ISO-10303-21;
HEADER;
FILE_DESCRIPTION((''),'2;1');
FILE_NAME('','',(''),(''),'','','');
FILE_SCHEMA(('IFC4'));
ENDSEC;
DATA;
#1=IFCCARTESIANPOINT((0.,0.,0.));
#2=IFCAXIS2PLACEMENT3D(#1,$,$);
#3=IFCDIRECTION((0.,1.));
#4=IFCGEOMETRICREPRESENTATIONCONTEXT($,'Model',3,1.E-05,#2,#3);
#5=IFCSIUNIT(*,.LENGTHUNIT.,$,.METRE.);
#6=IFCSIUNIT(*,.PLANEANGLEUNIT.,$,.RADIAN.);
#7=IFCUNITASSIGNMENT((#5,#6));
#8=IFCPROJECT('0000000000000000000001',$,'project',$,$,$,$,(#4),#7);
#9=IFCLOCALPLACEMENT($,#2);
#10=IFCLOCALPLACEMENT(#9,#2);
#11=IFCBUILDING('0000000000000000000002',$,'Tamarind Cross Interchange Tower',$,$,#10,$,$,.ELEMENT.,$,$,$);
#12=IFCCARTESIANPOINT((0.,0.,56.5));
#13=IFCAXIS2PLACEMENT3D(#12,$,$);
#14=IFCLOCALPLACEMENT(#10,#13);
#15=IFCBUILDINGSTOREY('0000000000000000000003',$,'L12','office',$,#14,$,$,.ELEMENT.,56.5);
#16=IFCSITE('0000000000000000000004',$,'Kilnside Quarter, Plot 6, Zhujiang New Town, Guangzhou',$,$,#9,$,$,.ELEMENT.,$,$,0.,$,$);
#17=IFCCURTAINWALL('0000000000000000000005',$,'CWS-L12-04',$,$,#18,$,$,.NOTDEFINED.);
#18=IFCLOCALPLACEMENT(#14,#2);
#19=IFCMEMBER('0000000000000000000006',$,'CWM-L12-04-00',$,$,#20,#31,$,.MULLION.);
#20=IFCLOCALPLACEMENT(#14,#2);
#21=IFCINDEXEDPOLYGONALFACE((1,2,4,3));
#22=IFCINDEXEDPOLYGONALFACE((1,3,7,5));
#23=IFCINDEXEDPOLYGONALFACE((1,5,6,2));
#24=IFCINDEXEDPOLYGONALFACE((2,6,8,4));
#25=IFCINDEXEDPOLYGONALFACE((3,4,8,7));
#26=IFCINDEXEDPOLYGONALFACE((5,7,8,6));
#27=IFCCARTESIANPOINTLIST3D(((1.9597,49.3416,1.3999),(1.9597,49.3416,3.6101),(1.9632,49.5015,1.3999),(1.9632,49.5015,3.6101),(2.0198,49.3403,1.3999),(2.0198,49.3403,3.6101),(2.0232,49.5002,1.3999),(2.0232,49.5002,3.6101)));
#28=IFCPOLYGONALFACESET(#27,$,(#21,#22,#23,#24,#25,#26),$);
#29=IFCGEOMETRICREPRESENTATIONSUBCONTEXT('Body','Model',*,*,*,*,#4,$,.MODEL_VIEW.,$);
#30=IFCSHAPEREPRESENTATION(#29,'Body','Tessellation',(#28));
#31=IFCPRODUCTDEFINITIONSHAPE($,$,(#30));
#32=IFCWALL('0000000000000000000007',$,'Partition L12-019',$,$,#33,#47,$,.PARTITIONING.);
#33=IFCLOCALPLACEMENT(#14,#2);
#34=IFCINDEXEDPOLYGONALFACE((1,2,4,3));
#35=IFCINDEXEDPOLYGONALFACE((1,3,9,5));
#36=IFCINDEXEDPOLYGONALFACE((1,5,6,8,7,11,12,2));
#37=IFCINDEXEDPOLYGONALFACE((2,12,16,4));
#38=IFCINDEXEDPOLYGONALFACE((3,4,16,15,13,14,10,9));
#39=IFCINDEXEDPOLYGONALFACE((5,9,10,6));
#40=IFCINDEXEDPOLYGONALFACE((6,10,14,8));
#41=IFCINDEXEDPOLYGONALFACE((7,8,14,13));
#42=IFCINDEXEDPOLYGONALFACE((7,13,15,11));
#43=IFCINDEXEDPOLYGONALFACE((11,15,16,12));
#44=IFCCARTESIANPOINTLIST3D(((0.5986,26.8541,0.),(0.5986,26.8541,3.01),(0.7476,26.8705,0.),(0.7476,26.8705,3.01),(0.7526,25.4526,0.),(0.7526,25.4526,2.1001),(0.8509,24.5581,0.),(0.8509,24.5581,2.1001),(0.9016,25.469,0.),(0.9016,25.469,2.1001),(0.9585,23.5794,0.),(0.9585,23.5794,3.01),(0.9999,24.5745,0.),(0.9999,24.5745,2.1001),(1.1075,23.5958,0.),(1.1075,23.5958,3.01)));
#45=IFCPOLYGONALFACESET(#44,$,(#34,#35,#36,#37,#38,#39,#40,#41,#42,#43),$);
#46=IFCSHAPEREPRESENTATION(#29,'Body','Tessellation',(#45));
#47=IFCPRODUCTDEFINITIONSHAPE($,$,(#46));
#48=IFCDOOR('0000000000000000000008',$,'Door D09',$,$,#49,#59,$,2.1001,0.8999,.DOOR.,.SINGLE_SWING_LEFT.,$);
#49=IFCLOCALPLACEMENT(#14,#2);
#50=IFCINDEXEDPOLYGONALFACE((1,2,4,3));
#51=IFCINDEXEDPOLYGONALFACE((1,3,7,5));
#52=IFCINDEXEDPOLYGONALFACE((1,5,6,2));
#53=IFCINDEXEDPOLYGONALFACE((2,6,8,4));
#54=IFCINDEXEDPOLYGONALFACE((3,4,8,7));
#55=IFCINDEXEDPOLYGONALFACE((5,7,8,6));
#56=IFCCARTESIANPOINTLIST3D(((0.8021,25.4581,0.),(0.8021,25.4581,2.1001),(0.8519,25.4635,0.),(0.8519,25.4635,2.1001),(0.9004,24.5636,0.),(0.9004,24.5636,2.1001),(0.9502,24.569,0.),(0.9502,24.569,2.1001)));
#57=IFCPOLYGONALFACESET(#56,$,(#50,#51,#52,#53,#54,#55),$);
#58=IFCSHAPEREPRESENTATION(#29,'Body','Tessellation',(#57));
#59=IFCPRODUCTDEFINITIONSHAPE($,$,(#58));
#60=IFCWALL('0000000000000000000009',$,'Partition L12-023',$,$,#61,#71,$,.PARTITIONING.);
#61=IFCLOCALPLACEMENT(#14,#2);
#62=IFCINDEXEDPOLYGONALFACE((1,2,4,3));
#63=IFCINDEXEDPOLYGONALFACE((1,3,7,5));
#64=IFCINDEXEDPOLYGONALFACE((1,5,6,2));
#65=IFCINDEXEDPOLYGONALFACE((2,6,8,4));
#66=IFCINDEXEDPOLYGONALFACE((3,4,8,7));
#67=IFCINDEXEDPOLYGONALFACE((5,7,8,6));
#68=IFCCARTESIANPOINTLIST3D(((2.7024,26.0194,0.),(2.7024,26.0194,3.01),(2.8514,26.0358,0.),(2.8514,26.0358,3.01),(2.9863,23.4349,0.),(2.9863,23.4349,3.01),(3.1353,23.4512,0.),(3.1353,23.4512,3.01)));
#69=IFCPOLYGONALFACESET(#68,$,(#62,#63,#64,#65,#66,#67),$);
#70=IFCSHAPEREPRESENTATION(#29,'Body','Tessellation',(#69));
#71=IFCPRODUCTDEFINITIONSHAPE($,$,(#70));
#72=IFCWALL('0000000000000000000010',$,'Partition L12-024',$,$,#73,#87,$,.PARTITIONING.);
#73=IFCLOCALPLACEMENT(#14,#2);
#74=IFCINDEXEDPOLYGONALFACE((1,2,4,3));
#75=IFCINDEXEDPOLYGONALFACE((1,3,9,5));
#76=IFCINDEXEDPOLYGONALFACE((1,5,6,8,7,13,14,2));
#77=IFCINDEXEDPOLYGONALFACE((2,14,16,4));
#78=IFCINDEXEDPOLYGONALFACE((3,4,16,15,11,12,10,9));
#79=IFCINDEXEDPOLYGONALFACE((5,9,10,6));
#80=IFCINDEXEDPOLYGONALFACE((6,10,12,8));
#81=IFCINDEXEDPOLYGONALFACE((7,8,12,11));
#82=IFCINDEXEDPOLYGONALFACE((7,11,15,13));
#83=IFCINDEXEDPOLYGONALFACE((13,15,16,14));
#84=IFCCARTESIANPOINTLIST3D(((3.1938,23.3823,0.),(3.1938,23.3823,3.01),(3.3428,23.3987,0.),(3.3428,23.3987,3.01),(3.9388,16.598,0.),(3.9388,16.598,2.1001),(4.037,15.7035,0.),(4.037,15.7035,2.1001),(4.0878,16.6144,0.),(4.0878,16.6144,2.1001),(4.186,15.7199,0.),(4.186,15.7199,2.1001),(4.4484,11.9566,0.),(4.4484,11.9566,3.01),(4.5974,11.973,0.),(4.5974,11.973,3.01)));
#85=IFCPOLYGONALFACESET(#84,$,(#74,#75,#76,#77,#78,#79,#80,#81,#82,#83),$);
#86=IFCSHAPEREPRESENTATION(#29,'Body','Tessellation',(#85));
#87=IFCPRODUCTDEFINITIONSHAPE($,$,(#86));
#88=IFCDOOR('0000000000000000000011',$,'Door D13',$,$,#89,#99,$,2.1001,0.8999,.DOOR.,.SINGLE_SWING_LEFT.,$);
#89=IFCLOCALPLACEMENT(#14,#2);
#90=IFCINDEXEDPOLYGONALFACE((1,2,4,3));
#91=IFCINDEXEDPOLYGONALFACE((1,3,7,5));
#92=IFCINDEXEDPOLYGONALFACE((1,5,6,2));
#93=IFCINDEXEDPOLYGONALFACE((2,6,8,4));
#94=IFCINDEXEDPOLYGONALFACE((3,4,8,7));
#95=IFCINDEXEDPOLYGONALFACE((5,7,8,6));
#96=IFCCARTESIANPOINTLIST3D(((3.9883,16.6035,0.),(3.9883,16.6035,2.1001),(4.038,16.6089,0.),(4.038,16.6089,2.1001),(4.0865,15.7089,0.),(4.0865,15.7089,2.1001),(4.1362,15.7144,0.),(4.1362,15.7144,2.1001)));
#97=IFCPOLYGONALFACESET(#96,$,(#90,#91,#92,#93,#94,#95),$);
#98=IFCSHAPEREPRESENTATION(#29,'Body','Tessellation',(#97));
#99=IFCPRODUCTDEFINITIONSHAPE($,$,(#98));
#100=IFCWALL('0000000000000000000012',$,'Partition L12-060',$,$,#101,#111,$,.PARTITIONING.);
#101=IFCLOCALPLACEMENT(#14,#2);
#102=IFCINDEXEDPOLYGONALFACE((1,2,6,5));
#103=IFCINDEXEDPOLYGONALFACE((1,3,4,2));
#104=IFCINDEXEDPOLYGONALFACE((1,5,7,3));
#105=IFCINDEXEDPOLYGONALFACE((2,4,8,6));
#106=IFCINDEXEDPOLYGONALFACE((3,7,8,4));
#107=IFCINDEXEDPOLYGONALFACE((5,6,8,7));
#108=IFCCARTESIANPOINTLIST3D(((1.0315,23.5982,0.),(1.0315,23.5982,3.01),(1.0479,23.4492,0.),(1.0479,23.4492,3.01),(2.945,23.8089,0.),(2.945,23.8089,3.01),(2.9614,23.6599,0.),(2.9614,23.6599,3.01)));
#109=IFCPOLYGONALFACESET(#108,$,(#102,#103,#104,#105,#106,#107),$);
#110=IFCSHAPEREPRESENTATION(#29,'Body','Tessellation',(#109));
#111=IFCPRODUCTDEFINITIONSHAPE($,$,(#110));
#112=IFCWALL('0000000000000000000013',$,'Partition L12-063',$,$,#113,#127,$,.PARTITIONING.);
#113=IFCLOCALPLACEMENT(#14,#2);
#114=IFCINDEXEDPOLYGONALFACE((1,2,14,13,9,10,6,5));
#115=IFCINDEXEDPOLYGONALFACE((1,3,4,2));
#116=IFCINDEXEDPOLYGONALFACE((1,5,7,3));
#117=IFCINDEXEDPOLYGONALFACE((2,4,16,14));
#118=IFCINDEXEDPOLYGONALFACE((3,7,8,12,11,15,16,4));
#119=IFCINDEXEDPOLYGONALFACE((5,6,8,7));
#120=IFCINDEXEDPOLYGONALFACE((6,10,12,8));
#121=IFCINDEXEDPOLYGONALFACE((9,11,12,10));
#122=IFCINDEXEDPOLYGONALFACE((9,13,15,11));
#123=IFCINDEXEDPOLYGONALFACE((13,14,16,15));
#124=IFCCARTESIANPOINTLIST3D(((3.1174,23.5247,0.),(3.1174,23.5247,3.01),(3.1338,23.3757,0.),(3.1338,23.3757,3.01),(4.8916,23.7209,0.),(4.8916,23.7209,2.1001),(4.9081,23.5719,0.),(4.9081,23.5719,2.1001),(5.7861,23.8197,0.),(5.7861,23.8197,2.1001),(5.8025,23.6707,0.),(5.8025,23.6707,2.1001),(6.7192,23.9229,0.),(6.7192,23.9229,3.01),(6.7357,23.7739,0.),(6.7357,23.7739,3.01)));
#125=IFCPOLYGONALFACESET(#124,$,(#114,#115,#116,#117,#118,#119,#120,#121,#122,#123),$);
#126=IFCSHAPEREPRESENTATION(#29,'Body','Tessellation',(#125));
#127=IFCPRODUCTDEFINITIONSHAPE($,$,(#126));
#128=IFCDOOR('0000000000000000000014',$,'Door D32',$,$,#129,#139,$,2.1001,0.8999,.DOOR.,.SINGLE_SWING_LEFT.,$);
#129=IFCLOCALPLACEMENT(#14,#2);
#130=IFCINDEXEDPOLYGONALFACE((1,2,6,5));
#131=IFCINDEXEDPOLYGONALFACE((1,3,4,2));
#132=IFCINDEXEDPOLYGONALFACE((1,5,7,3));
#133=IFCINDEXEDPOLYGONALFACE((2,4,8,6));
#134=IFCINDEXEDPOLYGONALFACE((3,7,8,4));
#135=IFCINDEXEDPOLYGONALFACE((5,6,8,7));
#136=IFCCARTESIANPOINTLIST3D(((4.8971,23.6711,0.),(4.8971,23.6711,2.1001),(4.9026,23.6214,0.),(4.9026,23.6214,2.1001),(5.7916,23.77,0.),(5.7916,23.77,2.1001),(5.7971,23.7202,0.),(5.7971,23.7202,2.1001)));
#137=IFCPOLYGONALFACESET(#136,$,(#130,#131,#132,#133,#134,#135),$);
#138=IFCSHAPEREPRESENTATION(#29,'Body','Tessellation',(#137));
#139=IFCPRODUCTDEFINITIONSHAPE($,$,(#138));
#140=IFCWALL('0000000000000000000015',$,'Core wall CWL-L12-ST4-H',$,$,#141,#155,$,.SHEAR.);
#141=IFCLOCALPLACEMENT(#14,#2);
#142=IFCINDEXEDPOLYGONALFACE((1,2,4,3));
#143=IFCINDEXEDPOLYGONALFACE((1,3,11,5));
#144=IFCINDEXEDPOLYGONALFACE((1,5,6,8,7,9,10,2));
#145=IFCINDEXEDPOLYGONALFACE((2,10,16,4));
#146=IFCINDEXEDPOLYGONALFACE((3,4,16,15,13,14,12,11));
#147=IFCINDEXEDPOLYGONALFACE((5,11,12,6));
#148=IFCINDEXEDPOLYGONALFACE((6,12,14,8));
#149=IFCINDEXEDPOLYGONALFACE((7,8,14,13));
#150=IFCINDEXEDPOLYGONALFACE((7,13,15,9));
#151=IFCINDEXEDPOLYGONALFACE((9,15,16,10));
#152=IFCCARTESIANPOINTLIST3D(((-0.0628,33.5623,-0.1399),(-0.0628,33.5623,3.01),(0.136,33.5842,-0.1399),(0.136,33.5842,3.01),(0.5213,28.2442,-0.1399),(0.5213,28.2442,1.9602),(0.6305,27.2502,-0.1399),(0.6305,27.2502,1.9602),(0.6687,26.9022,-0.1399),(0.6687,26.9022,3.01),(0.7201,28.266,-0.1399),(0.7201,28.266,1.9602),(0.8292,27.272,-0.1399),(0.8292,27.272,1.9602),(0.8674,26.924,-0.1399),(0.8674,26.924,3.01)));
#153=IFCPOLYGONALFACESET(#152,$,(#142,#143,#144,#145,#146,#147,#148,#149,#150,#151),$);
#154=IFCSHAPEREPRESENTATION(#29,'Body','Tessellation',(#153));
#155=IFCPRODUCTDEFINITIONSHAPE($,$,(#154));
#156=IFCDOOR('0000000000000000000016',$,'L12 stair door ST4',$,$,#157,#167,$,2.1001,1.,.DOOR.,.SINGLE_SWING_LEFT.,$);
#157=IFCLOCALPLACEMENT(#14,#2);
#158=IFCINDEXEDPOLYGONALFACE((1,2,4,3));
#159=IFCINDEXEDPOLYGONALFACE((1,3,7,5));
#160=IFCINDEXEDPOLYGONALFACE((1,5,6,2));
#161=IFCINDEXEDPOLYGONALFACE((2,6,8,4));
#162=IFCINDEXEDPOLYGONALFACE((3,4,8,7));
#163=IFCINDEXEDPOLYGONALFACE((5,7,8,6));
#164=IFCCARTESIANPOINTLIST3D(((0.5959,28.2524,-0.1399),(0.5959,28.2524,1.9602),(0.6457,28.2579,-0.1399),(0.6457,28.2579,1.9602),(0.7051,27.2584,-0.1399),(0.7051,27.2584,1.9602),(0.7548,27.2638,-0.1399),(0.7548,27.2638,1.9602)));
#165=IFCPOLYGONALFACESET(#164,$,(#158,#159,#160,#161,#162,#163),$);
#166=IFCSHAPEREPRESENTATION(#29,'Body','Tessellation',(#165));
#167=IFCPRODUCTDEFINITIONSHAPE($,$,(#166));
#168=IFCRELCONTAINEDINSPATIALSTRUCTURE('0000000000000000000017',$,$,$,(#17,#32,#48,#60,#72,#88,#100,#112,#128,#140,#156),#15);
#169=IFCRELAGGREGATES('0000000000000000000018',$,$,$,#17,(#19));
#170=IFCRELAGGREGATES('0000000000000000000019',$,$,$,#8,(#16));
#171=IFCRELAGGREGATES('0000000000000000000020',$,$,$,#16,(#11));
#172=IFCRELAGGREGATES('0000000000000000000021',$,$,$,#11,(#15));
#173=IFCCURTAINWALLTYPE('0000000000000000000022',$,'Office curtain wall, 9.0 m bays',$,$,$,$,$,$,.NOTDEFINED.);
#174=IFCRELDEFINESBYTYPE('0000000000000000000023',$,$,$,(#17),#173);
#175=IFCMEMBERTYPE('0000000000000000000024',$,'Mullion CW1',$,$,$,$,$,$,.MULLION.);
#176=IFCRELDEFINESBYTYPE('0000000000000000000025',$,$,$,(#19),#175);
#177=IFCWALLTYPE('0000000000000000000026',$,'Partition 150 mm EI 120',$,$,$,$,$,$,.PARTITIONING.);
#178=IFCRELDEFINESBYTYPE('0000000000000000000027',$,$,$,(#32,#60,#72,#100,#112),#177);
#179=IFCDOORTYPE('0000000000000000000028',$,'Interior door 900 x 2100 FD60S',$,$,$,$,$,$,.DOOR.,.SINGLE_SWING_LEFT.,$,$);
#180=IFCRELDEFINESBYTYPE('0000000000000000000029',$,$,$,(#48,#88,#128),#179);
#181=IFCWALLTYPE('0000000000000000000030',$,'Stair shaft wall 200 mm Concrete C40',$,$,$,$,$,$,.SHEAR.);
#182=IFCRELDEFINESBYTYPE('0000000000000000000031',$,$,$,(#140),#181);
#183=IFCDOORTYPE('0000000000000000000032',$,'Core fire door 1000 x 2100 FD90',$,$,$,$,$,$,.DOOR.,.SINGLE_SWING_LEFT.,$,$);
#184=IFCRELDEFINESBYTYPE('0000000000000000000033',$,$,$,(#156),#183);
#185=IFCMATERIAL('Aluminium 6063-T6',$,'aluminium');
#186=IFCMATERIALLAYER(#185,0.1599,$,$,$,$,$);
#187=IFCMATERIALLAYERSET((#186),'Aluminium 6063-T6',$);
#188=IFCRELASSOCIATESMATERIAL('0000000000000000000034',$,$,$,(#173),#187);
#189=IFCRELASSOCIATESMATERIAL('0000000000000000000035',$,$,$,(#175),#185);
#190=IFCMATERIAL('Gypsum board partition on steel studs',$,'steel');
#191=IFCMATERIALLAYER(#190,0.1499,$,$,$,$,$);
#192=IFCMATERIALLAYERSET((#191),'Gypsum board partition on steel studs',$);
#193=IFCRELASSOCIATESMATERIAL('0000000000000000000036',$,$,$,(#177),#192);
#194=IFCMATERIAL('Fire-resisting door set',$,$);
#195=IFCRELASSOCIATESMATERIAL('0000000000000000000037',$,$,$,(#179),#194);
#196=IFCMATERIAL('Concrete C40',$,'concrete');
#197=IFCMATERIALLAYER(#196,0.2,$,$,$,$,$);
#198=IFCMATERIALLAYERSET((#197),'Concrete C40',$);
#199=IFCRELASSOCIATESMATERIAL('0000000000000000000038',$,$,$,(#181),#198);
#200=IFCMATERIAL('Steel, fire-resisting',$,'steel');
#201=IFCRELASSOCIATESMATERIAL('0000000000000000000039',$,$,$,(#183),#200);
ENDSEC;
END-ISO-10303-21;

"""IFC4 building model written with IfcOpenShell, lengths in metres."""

from ifc_helpers import new_model, si_unit, direction, frame, frame_2d, origin, origin_2d, place, context, subcontext, project, spatial, rectangle, extrude, material, layer, layer_set, material_profile, profile_set, type_object, element, fill, aggregate, save


model = new_model("IFC4")

# Units and contexts
model_context = context("Model", 3, precision=1e-05, world=origin(), true_north=direction((0.0, 1.0)))
body_context = subcontext(model_context, "Body", "Model", "MODEL_VIEW")
ifc_project = project(units=[si_unit("LENGTHUNIT", "METRE"), si_unit("PLANEANGLEUNIT", "RADIAN")], contexts=[model_context])

# Site, building, storey
site_placement = place(None, origin())
site = spatial("IfcSite", under=ifc_project, at=site_placement, Name="Kilnside Quarter, Plot 6, Zhujiang New Town, Guangzhou", CompositionType="ELEMENT", RefElevation=0.0)
building_placement = place(site_placement, origin())
building = spatial("IfcBuilding", under=site, at=building_placement, Name="Tamarind Cross Interchange Tower", CompositionType="ELEMENT")
storey_placement = place(building_placement, frame((0.0, 0.0, 56.5)))
storey = spatial("IfcBuildingStorey", under=building, at=storey_placement, Name="L12", Description="office", CompositionType="ELEMENT", Elevation=56.5)

# Curtain wall, member
ifc_material_1 = material(Name="Aluminium 6063-T6", Category="aluminium")
ifc_layer_1 = layer(ifc_material_1, 0.1599)
ifc_layer_set_1 = layer_set([ifc_layer_1], Name="Aluminium 6063-T6")
curtain_wall_type = type_object("IfcCurtainWallType", Name="Office curtain wall, 9.0 m bays", PredefinedType="NOTDEFINED", material=ifc_layer_set_1)
curtain_wall_placement = place(storey_placement, origin())
curtain_wall = element("IfcCurtainWall", 1, at=curtain_wall_placement, inside=storey, type_object=curtain_wall_type, Name="CWS-L12-04", PredefinedType="NOTDEFINED")
ifc_material_profile_1 = material_profile(ifc_material_1, rectangle(XDim=0.0601, YDim=0.1599, at=origin_2d()), Name="Mullion CW1")
ifc_profile_set_1 = profile_set([ifc_material_profile_1], Name="Aluminium 6063-T6")
member_type = type_object("IfcMemberType", Name="Mullion CW1", PredefinedType="MULLION", material=ifc_profile_set_1)
member_placement = place(storey_placement, frame((1.9915, 49.4209, 1.3999), z_axis=(0.0, 0.0, 1.0), x_axis=(-0.999769, 0.021487, 0.0)))
member = element("IfcMember", 2, at=member_placement, type_object=member_type, Name="CWM-L12-04-00", PredefinedType="MULLION", context=body_context, shape_type="SweptSolid", body=[
    extrude(rectangle(XDim=0.0601, YDim=0.1599, at=origin_2d()), origin(), (0.0, 0.0, 1.0), 2.2102),
])
aggregate(curtain_wall, [member])

# Wall, opening, door
ifc_material_2 = material(Name="Gypsum board partition on steel studs", Category="steel")
ifc_layer_2 = layer(ifc_material_2, 0.1499)
ifc_layer_set_2 = layer_set([ifc_layer_2], Name="Gypsum board partition on steel studs")
wall_type_1 = type_object("IfcWallType", Name="Partition 150 mm EI 120", PredefinedType="PARTITIONING", material=ifc_layer_set_2)
wall_1_placement = place(storey_placement, frame((0.6731, 26.8623, 0.0), z_axis=(0.0, 0.0, 1.0), x_axis=(0.109236, -0.994016, 0.0)))
wall_1 = element("IfcWall", 3, at=wall_1_placement, inside=storey, type_object=wall_type_1, Name="Partition L12-019", PredefinedType="PARTITIONING", context=body_context, shape_type="SweptSolid", body=[
    extrude(rectangle(XDim=3.2944, YDim=0.1499, at=frame_2d((1.6472, 0.0))), origin(), (0.0, 0.0, 1.0), 3.01),
])
opening_1_placement = place(wall_1_placement, frame((1.4099, 0.0, 0.0)))
opening_1 = element("IfcOpeningElement", 4, at=opening_1_placement, cuts=wall_1, PredefinedType="OPENING", context=body_context, shape_type="SweptSolid", body=[
    extrude(rectangle(XDim=0.8999, YDim=2.1001, at=frame_2d((0.45, 1.05))), frame((0.0, 0.085, 0.0), z_axis=(0.0, -1.0, 0.0), x_axis=(1.0, 0.0, 0.0)), (0.0, 0.0, 1.0), 0.1699),
])
ifc_material_3 = material(Name="Fire-resisting door set")
door_type_1 = type_object("IfcDoorType", Name="Interior door 900 x 2100 FD60S", OperationType="SINGLE_SWING_LEFT", PredefinedType="DOOR", material=ifc_material_3)
door_1_placement = place(opening_1_placement, origin())
door_1 = element("IfcDoor", 5, at=door_1_placement, inside=storey, type_object=door_type_1, Name="Door D09", OperationType="SINGLE_SWING_LEFT", OverallHeight=2.1001, OverallWidth=0.8999, PredefinedType="DOOR", context=body_context, shape_type="SweptSolid", body=[
    extrude(rectangle(XDim=0.8999, YDim=2.1001, at=frame_2d((0.45, 1.05))), frame((0.0, 0.0249, 0.0), z_axis=(0.0, -1.0, 0.0), x_axis=(1.0, 0.0, 0.0)), (0.0, 0.0, 1.0), 0.05),
])
fill(opening_1, door_1)

# Wall
wall_2_placement = place(storey_placement, frame((2.7769, 26.0276, 0.0), z_axis=(0.0, 0.0, 1.0), x_axis=(0.109205, -0.994019, 0.0)))
element("IfcWall", 6, at=wall_2_placement, inside=storey, type_object=wall_type_1, Name="Partition L12-023", PredefinedType="PARTITIONING", context=body_context, shape_type="SweptSolid", body=[
    extrude(rectangle(XDim=2.6001, YDim=0.1499, at=frame_2d((1.3, 0.0))), origin(), (0.0, 0.0, 1.0), 3.01),
])

# Wall, opening, door
wall_3_placement = place(storey_placement, frame((3.2683, 23.3904, 0.0), z_axis=(0.0, 0.0, 1.0), x_axis=(0.109152, -0.994025, 0.0)))
wall_3 = element("IfcWall", 7, at=wall_3_placement, inside=storey, type_object=wall_type_1, Name="Partition L12-024", PredefinedType="PARTITIONING", context=body_context, shape_type="SweptSolid", body=[
    extrude(rectangle(XDim=11.4944, YDim=0.1499, at=frame_2d((5.7471, 0.0))), origin(), (0.0, 0.0, 1.0), 3.01),
])
opening_2_placement = place(wall_3_placement, frame((6.825, 0.0, 0.0)))
opening_2 = element("IfcOpeningElement", 8, at=opening_2_placement, cuts=wall_3, PredefinedType="OPENING", context=body_context, shape_type="SweptSolid", body=[
    extrude(rectangle(XDim=0.8999, YDim=2.1001, at=frame_2d((0.45, 1.05))), frame((0.0, 0.085, 0.0), z_axis=(0.0, -1.0, 0.0), x_axis=(1.0, 0.0, 0.0)), (0.0, 0.0, 1.0), 0.1699),
])
door_2_placement = place(opening_2_placement, origin())
door_2 = element("IfcDoor", 9, at=door_2_placement, inside=storey, type_object=door_type_1, Name="Door D13", OperationType="SINGLE_SWING_LEFT", OverallHeight=2.1001, OverallWidth=0.8999, PredefinedType="DOOR", context=body_context, shape_type="SweptSolid", body=[
    extrude(rectangle(XDim=0.8999, YDim=2.1001, at=frame_2d((0.45, 1.05))), frame((0.0, 0.0249, 0.0), z_axis=(0.0, -1.0, 0.0), x_axis=(1.0, 0.0, 0.0)), (0.0, 0.0, 1.0), 0.05),
])
fill(opening_2, door_2)

# Wall
wall_4_placement = place(storey_placement, frame((1.0398, 23.5237, 0.0), z_axis=(0.0, 0.0, 1.0), x_axis=(0.993993, 0.109443, 0.0)))
element("IfcWall", 10, at=wall_4_placement, inside=storey, type_object=wall_type_1, Name="Partition L12-060", PredefinedType="PARTITIONING", context=body_context, shape_type="SweptSolid", body=[
    extrude(rectangle(XDim=1.925, YDim=0.1499, at=frame_2d((0.9624, 0.0))), origin(), (0.0, 0.0, 1.0), 3.01),
])

# Walls, openings, doors
wall_5_placement = place(storey_placement, frame((3.1255, 23.4502, 0.0), z_axis=(0.0, 0.0, 1.0), x_axis=(0.993944, 0.109884, 0.0)))
wall_5 = element("IfcWall", 11, at=wall_5_placement, inside=storey, type_object=wall_type_1, Name="Partition L12-063", PredefinedType="PARTITIONING", context=body_context, shape_type="SweptSolid", body=[
    extrude(rectangle(XDim=3.6238, YDim=0.1499, at=frame_2d((1.812, 0.0))), origin(), (0.0, 0.0, 1.0), 3.01),
])
opening_3_placement = place(wall_5_placement, frame((1.7852, 0.0, 0.0)))
opening_3 = element("IfcOpeningElement", 12, at=opening_3_placement, cuts=wall_5, PredefinedType="OPENING", context=body_context, shape_type="SweptSolid", body=[
    extrude(rectangle(XDim=0.8999, YDim=2.1001, at=frame_2d((0.45, 1.05))), frame((0.0, 0.085, 0.0), z_axis=(0.0, -1.0, 0.0), x_axis=(1.0, 0.0, 0.0)), (0.0, 0.0, 1.0), 0.1699),
])
door_3_placement = place(opening_3_placement, origin())
door_3 = element("IfcDoor", 13, at=door_3_placement, inside=storey, type_object=door_type_1, Name="Door D32", OperationType="SINGLE_SWING_LEFT", OverallHeight=2.1001, OverallWidth=0.8999, PredefinedType="DOOR", context=body_context, shape_type="SweptSolid", body=[
    extrude(rectangle(XDim=0.8999, YDim=2.1001, at=frame_2d((0.45, 1.05))), frame((0.0, 0.0249, 0.0), z_axis=(0.0, -1.0, 0.0), x_axis=(1.0, 0.0, 0.0)), (0.0, 0.0, 1.0), 0.05),
])
fill(opening_3, door_3)
ifc_material_4 = material(Name="Concrete C40", Category="concrete")
ifc_layer_3 = layer(ifc_material_4, 0.2)
ifc_layer_set_3 = layer_set([ifc_layer_3], Name="Concrete C40")
wall_type_2 = type_object("IfcWallType", Name="Stair shaft wall 200 mm Concrete C40", PredefinedType="SHEAR", material=ifc_layer_set_3)
wall_6_placement = place(storey_placement, frame((0.7681, 26.9131, -0.1399), z_axis=(0.0, 0.0, 1.0), x_axis=(-0.109168, 0.994023, 0.0)))
wall_6 = element("IfcWall", 14, at=wall_6_placement, inside=storey, type_object=wall_type_2, Name="Core wall CWL-L12-ST4-H", PredefinedType="SHEAR", context=body_context, shape_type="SweptSolid", body=[
    extrude(rectangle(XDim=6.7002, YDim=0.2, at=frame_2d((3.3501, 0.0))), origin(), (0.0, 0.0, 1.0), 3.1499),
])
opening_4_placement = place(wall_6_placement, frame((0.3501, 0.0, 0.0)))
opening_4 = element("IfcOpeningElement", 15, at=opening_4_placement, cuts=wall_6, PredefinedType="OPENING", context=body_context, shape_type="SweptSolid", body=[
    extrude(rectangle(XDim=1.0, YDim=2.1001, at=frame_2d((0.5, 1.05))), frame((0.0, 0.1099, 0.0), z_axis=(0.0, -1.0, 0.0), x_axis=(1.0, 0.0, 0.0)), (0.0, 0.0, 1.0), 0.22),
])
ifc_material_5 = material(Name="Steel, fire-resisting", Category="steel")
door_type_2 = type_object("IfcDoorType", Name="Core fire door 1000 x 2100 FD90", OperationType="SINGLE_SWING_LEFT", PredefinedType="DOOR", material=ifc_material_5)
door_4_placement = place(opening_4_placement, origin())
door_4 = element("IfcDoor", 16, at=door_4_placement, inside=storey, type_object=door_type_2, Name="L12 stair door ST4", OperationType="SINGLE_SWING_LEFT", OverallHeight=2.1001, OverallWidth=1.0, PredefinedType="DOOR", context=body_context, shape_type="SweptSolid", body=[
    extrude(rectangle(XDim=1.0, YDim=2.1001, at=frame_2d((0.5, 1.05))), frame((0.0, 0.0249, 0.0), z_axis=(0.0, -1.0, 0.0), x_axis=(1.0, 0.0, 0.0)), (0.0, 0.0, 1.0), 0.05),
])
fill(opening_4, door_4)

save(model, "model.ifc")
